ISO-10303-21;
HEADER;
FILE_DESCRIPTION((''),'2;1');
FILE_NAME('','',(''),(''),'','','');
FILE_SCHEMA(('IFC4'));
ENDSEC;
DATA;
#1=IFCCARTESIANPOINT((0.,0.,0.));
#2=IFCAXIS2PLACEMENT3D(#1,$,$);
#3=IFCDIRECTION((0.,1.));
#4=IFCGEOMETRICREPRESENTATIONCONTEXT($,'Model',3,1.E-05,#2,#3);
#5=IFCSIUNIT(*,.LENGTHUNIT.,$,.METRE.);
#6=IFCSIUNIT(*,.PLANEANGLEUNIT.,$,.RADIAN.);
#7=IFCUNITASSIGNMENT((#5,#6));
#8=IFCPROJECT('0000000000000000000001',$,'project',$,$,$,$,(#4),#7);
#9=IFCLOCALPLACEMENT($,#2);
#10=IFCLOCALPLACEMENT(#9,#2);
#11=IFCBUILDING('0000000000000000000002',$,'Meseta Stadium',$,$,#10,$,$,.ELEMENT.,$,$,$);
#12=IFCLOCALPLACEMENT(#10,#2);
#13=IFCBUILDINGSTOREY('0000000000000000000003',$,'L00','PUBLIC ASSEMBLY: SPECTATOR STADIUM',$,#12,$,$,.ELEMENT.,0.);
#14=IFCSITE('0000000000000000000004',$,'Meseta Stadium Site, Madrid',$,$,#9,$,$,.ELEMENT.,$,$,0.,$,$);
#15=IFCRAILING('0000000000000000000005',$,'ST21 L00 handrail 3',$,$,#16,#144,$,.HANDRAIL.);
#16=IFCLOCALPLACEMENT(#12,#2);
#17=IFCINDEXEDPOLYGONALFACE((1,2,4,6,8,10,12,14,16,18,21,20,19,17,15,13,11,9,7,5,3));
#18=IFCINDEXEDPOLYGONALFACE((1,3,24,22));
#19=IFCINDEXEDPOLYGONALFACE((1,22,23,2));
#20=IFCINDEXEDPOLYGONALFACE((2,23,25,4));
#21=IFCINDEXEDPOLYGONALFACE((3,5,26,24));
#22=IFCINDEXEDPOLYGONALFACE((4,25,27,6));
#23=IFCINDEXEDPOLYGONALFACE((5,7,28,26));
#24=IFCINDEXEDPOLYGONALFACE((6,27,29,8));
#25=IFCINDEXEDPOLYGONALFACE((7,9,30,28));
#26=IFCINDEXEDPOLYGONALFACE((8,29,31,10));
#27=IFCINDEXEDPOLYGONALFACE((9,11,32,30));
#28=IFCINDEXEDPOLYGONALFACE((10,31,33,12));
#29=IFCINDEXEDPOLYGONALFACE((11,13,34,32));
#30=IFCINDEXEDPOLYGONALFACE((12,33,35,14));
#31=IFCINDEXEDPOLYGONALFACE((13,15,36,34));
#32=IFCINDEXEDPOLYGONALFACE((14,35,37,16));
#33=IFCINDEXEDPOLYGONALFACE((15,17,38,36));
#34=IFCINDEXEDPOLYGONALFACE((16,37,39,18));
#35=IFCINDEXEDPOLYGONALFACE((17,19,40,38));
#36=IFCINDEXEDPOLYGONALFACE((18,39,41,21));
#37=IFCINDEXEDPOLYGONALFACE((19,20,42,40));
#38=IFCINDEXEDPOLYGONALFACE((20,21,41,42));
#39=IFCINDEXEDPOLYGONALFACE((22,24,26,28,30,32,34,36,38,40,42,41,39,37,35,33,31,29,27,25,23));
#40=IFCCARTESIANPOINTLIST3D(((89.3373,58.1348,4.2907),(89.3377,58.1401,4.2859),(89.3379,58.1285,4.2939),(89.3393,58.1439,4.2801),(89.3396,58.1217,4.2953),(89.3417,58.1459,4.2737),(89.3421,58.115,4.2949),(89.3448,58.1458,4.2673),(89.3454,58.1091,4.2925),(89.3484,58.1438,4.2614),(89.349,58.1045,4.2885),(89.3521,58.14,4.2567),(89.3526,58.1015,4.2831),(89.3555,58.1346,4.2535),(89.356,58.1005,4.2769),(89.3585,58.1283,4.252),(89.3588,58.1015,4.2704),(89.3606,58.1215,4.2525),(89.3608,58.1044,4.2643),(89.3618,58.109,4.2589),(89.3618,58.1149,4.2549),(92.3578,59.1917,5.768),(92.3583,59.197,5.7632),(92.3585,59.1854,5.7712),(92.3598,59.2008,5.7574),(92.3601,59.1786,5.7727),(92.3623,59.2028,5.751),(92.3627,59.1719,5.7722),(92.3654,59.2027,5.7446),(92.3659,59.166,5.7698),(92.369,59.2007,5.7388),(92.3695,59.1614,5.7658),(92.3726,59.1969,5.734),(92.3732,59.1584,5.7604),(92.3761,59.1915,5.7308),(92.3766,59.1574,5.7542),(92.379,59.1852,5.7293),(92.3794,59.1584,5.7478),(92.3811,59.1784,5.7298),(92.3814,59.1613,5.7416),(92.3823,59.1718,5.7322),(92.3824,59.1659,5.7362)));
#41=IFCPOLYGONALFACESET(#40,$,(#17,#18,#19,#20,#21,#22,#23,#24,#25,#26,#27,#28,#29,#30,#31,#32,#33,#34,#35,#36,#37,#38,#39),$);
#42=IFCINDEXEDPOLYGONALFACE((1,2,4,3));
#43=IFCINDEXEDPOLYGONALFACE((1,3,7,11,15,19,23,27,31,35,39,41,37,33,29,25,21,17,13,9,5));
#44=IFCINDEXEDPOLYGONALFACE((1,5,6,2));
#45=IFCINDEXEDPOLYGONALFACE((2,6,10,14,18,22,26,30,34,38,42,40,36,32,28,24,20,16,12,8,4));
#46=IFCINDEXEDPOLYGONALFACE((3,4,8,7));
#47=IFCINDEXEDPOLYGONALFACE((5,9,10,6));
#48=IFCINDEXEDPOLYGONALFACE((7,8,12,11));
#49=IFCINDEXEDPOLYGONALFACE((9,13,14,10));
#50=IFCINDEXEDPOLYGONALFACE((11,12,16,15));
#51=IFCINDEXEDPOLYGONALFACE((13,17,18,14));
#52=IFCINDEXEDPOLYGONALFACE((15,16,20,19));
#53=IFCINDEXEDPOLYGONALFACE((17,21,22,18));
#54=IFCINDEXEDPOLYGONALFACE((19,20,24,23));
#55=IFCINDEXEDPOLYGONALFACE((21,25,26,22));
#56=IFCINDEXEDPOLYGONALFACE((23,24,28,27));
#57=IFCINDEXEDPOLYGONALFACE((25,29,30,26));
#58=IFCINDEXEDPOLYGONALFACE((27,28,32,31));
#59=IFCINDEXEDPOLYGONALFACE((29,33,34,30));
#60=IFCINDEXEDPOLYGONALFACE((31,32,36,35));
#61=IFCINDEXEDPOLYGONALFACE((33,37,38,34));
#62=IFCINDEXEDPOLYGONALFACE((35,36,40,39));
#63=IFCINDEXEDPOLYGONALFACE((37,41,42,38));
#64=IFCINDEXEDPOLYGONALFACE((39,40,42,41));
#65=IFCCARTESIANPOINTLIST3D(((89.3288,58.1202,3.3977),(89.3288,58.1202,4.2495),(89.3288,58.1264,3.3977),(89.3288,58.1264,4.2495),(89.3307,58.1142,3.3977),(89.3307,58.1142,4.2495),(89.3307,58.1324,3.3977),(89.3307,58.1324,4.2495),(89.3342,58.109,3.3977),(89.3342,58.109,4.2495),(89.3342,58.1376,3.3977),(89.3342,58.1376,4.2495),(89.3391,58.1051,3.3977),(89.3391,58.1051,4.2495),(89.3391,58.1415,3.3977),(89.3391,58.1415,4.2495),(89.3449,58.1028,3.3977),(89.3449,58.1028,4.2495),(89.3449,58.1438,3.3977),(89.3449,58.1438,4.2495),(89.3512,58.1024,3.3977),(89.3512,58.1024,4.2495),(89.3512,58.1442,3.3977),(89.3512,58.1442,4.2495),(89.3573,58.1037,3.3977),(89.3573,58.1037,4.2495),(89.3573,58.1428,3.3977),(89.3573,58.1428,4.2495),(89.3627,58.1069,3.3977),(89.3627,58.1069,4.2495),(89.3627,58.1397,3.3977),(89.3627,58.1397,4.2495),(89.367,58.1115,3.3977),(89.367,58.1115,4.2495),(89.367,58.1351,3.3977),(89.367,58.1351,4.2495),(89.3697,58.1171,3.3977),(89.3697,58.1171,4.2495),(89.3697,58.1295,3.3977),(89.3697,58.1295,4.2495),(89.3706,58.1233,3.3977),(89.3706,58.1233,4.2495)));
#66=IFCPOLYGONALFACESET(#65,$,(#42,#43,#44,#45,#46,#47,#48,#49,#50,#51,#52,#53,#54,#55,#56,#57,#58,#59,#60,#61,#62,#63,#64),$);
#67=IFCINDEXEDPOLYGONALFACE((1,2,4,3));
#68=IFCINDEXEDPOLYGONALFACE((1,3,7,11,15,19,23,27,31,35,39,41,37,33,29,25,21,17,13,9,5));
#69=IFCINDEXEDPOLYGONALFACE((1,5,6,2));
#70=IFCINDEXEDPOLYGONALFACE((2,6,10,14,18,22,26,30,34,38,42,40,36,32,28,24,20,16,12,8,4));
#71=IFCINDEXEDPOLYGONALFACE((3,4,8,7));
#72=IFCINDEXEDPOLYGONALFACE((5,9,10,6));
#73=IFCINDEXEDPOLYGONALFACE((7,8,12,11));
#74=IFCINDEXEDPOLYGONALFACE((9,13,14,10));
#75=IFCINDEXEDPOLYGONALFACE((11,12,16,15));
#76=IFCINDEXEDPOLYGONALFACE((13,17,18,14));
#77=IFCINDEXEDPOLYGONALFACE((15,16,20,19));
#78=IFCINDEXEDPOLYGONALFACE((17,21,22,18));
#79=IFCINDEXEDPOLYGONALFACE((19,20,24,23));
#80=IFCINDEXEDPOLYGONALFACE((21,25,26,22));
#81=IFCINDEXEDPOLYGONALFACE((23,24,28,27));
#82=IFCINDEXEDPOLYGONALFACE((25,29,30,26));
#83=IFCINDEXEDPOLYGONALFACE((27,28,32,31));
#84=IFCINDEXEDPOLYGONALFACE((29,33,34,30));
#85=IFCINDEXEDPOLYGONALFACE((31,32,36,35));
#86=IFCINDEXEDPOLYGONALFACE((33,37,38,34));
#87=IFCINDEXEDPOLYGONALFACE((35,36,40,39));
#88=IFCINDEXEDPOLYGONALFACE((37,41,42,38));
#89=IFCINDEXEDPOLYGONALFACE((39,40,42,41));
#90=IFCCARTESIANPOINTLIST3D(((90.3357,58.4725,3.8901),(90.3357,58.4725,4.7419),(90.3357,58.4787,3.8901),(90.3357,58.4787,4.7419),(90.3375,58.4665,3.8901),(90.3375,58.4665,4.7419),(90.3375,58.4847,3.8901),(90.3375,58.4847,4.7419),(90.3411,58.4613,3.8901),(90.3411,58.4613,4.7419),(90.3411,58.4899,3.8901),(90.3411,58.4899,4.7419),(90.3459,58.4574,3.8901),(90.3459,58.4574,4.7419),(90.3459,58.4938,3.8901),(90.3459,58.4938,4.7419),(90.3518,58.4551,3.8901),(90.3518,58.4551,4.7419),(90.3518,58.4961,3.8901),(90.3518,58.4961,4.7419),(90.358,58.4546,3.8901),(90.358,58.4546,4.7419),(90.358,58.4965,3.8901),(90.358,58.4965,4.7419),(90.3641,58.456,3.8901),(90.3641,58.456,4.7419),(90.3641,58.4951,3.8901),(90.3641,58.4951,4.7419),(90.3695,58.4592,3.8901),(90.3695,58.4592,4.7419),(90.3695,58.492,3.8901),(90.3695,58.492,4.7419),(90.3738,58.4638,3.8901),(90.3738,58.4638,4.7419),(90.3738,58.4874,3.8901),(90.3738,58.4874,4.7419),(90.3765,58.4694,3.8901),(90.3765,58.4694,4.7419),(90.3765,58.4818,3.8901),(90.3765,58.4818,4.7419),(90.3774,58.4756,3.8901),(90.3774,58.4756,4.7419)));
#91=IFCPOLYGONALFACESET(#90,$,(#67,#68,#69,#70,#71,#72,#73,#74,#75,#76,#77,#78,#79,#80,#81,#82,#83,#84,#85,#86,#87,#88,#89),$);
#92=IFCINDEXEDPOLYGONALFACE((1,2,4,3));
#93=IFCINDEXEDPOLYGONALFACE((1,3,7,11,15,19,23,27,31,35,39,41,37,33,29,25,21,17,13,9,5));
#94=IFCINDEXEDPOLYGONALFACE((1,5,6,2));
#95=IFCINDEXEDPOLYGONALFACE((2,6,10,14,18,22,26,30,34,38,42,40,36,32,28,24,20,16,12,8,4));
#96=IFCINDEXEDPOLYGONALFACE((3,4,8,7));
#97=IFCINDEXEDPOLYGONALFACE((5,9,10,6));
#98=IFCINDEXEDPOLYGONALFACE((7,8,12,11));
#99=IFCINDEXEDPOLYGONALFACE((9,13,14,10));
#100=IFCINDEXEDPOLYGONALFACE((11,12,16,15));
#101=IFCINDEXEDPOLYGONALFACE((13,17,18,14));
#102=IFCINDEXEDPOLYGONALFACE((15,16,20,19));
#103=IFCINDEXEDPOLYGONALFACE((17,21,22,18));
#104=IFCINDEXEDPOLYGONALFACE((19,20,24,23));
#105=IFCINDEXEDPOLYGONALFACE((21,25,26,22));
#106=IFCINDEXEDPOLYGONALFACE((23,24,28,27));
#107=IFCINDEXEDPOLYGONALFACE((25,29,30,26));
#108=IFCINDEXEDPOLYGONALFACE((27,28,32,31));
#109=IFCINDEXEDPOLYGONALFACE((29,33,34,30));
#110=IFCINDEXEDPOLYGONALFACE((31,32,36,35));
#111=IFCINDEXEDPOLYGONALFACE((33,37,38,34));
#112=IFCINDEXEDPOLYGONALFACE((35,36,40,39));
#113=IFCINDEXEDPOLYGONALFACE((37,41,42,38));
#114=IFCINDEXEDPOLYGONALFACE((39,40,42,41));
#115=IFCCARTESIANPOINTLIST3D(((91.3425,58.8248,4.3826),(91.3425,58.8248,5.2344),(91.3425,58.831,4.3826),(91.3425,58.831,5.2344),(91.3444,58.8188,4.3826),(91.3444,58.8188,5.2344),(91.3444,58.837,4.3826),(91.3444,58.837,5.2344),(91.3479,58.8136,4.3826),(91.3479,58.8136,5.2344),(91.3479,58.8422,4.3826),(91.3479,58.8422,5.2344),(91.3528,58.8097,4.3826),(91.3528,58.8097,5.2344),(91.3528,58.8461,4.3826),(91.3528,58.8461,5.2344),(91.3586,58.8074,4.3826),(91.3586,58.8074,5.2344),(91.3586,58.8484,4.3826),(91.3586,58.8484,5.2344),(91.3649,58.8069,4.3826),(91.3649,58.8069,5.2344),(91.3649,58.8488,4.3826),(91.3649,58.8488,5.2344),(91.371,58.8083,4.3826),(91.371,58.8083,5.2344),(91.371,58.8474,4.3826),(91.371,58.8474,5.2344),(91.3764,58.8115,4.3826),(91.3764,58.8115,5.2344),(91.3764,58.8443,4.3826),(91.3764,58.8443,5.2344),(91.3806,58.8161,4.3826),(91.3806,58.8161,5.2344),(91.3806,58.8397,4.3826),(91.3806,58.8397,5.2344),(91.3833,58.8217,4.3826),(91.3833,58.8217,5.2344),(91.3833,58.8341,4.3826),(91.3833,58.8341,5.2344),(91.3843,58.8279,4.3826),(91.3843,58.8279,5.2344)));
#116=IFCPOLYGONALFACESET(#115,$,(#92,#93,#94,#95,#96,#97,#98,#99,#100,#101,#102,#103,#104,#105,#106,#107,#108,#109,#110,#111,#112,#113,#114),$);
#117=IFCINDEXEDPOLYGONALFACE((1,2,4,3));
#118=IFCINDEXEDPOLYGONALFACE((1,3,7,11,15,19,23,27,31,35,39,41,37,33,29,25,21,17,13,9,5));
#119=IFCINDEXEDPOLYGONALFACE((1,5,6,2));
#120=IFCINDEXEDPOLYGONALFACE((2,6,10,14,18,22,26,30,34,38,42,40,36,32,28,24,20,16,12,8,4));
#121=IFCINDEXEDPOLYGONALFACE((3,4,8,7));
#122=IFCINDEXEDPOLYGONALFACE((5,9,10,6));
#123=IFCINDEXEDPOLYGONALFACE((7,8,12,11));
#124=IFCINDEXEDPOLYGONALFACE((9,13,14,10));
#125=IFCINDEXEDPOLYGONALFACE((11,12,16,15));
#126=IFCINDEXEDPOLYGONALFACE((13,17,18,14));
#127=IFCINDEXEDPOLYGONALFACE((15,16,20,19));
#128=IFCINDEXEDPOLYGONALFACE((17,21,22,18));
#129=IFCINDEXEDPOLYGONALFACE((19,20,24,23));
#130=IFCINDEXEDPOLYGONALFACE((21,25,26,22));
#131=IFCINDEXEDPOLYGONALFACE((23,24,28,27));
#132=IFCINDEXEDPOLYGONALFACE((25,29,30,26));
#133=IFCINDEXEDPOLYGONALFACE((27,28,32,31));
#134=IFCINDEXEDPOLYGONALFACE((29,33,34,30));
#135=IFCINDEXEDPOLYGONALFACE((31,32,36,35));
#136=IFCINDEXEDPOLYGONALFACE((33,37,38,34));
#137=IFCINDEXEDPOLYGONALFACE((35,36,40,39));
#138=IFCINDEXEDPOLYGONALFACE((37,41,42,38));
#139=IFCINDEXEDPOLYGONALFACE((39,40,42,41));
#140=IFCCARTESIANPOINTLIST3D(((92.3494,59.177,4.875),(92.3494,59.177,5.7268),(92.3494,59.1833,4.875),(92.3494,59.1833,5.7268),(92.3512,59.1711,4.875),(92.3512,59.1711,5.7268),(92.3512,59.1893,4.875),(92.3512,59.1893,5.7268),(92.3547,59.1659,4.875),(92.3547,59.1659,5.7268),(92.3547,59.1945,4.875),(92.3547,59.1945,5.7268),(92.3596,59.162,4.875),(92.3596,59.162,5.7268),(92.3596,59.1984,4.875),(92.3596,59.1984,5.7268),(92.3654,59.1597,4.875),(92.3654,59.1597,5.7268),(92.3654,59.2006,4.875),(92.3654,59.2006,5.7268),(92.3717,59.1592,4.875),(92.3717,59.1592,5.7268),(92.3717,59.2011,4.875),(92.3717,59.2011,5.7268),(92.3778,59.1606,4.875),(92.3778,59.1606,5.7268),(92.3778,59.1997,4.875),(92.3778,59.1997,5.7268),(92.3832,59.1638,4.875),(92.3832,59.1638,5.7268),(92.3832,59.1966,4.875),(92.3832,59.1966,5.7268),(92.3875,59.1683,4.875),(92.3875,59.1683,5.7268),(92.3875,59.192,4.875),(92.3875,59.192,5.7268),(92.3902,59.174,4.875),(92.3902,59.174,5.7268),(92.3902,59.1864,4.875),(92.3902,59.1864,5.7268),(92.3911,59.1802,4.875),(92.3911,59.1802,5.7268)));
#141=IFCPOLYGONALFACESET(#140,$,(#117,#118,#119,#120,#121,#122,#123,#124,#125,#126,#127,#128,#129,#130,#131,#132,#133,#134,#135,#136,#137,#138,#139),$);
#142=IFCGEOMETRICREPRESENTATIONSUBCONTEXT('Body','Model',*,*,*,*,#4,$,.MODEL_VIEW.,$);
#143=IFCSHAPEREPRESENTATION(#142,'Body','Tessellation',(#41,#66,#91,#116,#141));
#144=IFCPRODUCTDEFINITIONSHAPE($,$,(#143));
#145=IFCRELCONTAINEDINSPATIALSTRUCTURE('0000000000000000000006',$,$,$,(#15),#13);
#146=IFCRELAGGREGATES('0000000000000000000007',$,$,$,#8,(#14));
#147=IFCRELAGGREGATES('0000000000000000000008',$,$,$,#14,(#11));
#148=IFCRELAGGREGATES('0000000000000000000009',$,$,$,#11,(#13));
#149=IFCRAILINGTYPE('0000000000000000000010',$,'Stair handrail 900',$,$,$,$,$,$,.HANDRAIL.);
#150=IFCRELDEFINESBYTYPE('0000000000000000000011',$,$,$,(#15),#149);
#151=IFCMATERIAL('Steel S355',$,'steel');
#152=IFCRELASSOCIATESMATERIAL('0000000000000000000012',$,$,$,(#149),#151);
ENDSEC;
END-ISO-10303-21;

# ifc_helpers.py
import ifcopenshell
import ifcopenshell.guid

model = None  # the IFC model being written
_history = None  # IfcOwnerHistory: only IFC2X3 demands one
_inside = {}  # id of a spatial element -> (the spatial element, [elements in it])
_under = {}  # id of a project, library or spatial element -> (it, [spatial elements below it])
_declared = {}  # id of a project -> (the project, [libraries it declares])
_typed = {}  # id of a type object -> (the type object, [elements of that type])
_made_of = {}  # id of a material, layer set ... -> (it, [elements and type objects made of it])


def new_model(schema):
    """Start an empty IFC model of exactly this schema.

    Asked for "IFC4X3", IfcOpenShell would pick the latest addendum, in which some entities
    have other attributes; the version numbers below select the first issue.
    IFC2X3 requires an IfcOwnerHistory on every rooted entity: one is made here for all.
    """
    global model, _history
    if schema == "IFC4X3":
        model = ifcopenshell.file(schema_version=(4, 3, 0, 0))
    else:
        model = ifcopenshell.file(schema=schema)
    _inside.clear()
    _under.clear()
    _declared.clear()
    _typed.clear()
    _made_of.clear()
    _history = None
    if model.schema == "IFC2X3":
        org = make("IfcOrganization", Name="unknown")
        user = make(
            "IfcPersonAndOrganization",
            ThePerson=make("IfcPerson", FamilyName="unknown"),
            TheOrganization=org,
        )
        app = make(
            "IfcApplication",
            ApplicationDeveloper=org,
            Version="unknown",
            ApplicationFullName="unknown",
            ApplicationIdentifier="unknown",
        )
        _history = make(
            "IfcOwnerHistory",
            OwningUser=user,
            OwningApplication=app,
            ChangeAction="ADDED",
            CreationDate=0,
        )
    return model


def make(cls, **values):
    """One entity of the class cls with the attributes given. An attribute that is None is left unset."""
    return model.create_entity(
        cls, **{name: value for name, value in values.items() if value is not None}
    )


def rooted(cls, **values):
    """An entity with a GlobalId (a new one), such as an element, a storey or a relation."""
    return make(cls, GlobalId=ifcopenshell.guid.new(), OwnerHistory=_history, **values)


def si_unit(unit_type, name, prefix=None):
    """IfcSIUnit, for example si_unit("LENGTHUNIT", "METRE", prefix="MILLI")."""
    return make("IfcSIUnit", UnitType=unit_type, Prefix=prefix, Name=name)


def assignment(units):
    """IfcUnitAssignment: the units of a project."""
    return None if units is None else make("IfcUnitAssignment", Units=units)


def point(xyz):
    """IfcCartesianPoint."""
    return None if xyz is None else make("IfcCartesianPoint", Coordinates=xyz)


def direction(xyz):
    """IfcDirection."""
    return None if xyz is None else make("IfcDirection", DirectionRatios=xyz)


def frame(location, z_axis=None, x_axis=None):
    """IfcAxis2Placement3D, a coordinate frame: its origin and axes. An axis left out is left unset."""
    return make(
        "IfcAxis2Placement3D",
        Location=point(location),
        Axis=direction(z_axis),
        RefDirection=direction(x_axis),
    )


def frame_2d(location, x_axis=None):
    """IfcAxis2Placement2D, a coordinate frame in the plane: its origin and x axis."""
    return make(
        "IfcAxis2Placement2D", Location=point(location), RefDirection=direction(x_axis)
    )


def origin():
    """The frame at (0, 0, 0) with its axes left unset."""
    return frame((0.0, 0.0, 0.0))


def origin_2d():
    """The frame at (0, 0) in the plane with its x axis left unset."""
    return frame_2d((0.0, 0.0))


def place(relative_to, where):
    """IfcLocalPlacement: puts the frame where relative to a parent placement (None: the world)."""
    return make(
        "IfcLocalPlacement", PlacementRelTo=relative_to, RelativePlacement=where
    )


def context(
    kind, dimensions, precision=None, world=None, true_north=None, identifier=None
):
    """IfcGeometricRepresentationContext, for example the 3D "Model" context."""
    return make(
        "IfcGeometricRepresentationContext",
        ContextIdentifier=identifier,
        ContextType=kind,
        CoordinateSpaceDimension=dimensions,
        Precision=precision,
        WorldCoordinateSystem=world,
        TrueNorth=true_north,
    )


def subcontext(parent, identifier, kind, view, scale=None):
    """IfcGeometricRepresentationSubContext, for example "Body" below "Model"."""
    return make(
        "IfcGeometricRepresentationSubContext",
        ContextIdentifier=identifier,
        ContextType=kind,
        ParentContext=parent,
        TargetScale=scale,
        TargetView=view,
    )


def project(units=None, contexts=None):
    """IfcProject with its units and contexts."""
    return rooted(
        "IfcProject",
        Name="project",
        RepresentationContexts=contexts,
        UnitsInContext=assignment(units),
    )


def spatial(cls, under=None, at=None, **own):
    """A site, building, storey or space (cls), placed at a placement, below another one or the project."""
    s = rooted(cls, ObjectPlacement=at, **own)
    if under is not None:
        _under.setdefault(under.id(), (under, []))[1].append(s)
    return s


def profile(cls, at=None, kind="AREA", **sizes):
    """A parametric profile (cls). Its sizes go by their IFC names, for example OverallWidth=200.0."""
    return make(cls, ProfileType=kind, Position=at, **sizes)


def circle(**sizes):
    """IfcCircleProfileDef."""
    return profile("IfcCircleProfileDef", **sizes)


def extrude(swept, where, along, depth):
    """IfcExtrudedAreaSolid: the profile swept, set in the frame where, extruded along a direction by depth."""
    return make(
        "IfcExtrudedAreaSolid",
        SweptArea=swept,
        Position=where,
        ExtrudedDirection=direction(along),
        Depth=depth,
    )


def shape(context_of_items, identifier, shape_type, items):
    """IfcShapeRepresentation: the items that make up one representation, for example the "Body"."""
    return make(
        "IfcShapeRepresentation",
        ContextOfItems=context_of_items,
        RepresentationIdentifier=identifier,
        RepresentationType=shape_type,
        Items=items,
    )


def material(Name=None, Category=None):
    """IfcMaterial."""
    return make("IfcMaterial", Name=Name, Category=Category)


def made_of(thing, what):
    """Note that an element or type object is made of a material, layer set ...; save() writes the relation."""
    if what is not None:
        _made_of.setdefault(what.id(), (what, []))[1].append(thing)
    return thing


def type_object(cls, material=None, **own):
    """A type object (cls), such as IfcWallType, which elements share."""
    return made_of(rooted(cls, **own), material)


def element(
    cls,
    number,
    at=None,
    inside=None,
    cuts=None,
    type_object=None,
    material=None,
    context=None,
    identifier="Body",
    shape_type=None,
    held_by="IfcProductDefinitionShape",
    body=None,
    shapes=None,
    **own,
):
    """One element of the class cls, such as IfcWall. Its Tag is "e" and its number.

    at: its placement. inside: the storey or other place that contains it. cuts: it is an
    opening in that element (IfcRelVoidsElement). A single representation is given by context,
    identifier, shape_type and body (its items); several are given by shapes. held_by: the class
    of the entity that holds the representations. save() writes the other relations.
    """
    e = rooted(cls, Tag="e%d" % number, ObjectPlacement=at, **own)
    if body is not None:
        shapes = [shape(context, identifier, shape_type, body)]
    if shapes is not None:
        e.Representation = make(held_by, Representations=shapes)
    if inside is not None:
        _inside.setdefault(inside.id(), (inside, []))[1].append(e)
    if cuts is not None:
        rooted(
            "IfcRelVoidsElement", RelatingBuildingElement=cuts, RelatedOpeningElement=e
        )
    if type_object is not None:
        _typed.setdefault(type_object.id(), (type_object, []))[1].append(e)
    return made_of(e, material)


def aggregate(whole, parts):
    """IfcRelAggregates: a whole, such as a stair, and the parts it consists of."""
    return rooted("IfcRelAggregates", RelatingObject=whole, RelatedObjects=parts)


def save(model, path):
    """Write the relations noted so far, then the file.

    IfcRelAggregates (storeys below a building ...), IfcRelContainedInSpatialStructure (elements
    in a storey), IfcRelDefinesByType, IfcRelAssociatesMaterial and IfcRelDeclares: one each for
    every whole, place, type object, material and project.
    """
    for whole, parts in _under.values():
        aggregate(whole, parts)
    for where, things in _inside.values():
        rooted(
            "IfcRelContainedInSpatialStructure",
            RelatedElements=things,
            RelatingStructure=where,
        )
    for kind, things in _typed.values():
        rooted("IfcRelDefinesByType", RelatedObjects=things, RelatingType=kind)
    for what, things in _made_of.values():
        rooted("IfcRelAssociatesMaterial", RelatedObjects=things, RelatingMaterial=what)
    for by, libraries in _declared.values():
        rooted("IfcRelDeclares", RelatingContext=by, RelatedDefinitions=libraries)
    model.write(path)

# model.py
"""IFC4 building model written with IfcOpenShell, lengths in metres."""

from ifc_helpers import new_model, si_unit, direction, frame, origin, origin_2d, place, context, subcontext, project, spatial, circle, extrude, material, type_object, element, save


model = new_model("IFC4")

# Units and contexts
model_context = context("Model", 3, precision=1e-05, world=origin(), true_north=direction((0.0, 1.0)))
body_context = subcontext(model_context, "Body", "Model", "MODEL_VIEW")
ifc_project = project(units=[si_unit("LENGTHUNIT", "METRE"), si_unit("PLANEANGLEUNIT", "RADIAN")], contexts=[model_context])

# Site, building, storey
site_placement = place(None, origin())
site = spatial("IfcSite", under=ifc_project, at=site_placement, Name="Meseta Stadium Site, Madrid", CompositionType="ELEMENT", RefElevation=0.0)
building_placement = place(site_placement, origin())
building = spatial("IfcBuilding", under=site, at=building_placement, Name="Meseta Stadium", CompositionType="ELEMENT")
storey_placement = place(building_placement, origin())
storey = spatial("IfcBuildingStorey", under=building, at=storey_placement, Name="L00", Description="PUBLIC ASSEMBLY: SPECTATOR STADIUM", CompositionType="ELEMENT", Elevation=0.0)

# Railing
ifc_material_1 = material(Name="Steel S355", Category="steel")
railing_type_1 = type_object("IfcRailingType", Name="Stair handrail 900", PredefinedType="HANDRAIL", material=ifc_material_1)
for number, where, name in (
    (1, (89.3496, 58.1233, 3.3977), "ST21 L00 handrail 3"),
):
    element("IfcRailing", number, at=place(storey_placement, frame(where)), inside=storey, type_object=railing_type_1, Name=name, PredefinedType="HANDRAIL", context=body_context, shape_type="SweptSolid", body=[
        extrude(circle(Radius=0.0239, at=origin_2d()), frame((0.0, 0.0, 0.876), z_axis=(0.856977, 0.299859, 0.419137), x_axis=(-0.330269, 0.943887, 0.0)), (0.0, 0.0, 1.0), 3.5247),
        extrude(circle(Radius=0.021, at=origin_2d()), origin(), (0.0, 0.0, 1.0), 0.8518),
        extrude(circle(Radius=0.021, at=origin_2d()), frame((1.0068, 0.3523, 0.4924)), (0.0, 0.0, 1.0), 0.8518),
        extrude(circle(Radius=0.021, at=origin_2d()), frame((2.0137, 0.7046, 0.9849)), (0.0, 0.0, 1.0), 0.8518),
        extrude(circle(Radius=0.021, at=origin_2d()), frame((3.0205, 1.0569, 1.4773)), (0.0, 0.0, 1.0), 0.8518),
    ])

save(model, "model.ifc")
